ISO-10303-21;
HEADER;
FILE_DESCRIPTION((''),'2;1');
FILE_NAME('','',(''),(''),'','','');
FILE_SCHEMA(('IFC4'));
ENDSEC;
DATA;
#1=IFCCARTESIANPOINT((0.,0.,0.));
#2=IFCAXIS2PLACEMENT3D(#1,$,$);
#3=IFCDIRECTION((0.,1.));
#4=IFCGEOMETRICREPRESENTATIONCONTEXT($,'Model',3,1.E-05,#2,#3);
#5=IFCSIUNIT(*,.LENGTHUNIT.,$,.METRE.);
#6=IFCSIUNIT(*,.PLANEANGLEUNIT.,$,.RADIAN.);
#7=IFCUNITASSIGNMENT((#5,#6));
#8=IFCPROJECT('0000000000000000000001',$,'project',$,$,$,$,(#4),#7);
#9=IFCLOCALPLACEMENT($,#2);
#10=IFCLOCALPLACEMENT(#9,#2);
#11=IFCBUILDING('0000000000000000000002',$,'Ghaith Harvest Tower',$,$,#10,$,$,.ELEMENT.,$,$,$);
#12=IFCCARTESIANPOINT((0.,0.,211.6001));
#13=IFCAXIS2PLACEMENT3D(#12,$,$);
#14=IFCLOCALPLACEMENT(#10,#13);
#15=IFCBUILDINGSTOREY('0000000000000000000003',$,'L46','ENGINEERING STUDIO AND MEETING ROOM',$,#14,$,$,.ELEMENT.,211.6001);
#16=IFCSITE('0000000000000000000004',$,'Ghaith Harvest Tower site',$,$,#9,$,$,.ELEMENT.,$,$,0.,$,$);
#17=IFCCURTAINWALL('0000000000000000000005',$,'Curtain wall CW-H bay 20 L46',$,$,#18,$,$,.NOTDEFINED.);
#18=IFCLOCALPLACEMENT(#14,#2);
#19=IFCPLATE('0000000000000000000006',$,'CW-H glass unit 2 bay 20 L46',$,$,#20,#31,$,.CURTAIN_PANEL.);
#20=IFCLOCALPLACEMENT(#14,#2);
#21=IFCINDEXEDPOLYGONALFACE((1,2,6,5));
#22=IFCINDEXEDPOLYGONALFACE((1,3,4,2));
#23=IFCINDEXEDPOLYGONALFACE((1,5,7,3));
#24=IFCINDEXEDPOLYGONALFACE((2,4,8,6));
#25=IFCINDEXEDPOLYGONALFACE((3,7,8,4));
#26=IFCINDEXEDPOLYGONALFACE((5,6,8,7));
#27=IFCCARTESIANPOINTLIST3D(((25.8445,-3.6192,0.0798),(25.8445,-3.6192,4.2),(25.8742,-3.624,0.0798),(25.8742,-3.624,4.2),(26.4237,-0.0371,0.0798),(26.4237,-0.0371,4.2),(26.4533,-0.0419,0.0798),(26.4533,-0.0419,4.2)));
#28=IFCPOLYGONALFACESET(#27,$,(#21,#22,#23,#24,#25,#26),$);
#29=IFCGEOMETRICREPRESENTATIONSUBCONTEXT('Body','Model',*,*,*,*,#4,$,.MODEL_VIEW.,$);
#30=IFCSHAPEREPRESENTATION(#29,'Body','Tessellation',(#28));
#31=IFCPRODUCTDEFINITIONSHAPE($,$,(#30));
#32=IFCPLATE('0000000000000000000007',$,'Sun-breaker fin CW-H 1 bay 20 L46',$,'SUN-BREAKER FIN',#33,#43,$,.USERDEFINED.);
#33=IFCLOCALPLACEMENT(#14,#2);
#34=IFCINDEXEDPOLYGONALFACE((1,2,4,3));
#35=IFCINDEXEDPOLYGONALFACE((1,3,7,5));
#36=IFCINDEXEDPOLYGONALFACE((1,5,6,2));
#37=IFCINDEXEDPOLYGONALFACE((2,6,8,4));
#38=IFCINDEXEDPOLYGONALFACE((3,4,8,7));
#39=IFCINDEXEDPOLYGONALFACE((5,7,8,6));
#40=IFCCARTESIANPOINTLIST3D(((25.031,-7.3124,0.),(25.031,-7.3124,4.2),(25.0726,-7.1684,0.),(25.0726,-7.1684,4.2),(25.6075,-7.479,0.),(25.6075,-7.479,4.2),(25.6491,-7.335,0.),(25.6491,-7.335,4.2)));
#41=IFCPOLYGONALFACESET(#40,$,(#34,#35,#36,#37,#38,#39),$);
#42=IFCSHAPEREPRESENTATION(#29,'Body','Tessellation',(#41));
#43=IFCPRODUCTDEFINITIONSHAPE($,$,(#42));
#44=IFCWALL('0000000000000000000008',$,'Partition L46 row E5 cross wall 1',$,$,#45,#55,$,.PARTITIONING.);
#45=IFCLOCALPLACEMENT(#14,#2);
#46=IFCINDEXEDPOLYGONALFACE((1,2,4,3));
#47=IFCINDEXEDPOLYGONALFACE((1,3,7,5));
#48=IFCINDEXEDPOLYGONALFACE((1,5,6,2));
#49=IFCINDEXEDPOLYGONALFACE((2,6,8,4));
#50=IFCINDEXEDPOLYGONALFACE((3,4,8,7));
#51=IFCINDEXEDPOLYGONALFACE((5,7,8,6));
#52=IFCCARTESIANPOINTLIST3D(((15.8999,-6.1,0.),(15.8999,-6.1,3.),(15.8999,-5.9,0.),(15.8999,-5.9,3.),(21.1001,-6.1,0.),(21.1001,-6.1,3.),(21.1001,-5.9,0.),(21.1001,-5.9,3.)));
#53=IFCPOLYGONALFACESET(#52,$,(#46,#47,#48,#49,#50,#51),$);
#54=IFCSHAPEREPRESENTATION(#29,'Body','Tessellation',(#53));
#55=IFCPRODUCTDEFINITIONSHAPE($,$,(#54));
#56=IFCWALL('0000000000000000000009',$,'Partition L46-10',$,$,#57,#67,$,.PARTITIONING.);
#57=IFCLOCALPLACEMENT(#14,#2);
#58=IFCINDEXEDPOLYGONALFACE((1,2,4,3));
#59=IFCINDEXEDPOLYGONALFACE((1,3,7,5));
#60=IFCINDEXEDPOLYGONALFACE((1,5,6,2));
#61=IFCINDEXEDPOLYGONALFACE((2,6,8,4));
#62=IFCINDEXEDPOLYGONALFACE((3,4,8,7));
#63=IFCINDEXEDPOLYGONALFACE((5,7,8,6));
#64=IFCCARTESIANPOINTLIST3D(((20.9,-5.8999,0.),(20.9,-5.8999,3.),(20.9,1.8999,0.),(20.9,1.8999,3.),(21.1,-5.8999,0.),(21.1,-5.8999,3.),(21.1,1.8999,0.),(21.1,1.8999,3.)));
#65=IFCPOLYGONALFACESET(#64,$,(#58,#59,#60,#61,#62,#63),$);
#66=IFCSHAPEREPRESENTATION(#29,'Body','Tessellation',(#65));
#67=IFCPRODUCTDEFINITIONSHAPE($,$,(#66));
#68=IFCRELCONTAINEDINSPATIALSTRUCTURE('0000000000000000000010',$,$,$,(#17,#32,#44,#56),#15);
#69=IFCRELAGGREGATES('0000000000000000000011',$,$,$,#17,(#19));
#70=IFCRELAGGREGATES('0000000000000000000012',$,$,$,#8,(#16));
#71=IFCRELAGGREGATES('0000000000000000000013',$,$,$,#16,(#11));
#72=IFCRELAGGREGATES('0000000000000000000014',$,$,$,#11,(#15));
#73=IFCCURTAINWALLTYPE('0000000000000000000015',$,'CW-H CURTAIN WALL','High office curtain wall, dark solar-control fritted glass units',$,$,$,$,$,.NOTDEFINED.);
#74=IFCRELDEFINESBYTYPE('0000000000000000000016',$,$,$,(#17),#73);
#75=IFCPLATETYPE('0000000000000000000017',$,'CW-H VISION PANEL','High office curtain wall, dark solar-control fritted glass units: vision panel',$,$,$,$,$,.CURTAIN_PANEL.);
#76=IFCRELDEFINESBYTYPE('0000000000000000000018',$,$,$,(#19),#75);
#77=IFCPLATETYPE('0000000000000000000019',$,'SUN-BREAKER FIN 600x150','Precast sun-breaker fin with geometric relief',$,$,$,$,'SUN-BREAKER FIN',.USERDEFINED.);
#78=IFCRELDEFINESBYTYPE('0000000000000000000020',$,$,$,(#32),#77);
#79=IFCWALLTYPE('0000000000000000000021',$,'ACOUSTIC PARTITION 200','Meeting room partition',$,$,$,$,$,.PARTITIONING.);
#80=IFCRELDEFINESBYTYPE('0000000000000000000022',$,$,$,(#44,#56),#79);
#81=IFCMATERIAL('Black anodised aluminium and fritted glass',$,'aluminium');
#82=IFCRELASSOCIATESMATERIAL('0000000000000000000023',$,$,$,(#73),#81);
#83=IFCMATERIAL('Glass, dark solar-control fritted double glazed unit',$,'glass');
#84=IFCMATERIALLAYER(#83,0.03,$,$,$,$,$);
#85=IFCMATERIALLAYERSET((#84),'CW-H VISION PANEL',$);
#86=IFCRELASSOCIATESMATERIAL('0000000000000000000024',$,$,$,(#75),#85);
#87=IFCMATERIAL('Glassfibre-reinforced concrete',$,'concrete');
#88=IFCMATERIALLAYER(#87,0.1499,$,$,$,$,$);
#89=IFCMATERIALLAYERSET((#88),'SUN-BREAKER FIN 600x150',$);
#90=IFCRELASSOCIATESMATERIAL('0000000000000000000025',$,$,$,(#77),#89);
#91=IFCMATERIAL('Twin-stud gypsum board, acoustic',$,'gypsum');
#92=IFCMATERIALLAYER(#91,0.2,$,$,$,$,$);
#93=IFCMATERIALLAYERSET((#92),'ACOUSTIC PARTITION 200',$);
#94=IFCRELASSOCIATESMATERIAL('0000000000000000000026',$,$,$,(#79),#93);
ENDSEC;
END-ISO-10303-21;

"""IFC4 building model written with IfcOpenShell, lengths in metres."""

from ifc_helpers import new_model, si_unit, direction, frame, frame_2d, origin, origin_2d, place, context, subcontext, project, spatial, rectangle, extrude, material, layer, layer_set, type_object, element, aggregate, save


model = new_model("IFC4")

# Units and contexts
model_context = context("Model", 3, precision=1e-05, world=origin(), true_north=direction((0.0, 1.0)))
body_context = subcontext(model_context, "Body", "Model", "MODEL_VIEW")
ifc_project = project(units=[si_unit("LENGTHUNIT", "METRE"), si_unit("PLANEANGLEUNIT", "RADIAN")], contexts=[model_context])

# Site, building, storey
site_placement = place(None, origin())
site = spatial("IfcSite", under=ifc_project, at=site_placement, Name="Ghaith Harvest Tower site", CompositionType="ELEMENT", RefElevation=0.0)
building_placement = place(site_placement, origin())
building = spatial("IfcBuilding", under=site, at=building_placement, Name="Ghaith Harvest Tower", CompositionType="ELEMENT")
storey_placement = place(building_placement, frame((0.0, 0.0, 211.6001)))
storey = spatial("IfcBuildingStorey", under=building, at=storey_placement, Name="L46", Description="ENGINEERING STUDIO AND MEETING ROOM", CompositionType="ELEMENT", Elevation=211.6001)

# Curtain wall
ifc_material_1 = material(Name="Black anodised aluminium and fritted glass", Category="aluminium")
curtain_wall_type = type_object("IfcCurtainWallType", Name="CW-H CURTAIN WALL", Description="High office curtain wall, dark solar-control fritted glass units", PredefinedType="NOTDEFINED", material=ifc_material_1)
curtain_wall_1_placement = place(storey_placement, origin())
curtain_wall_1 = element("IfcCurtainWall", 1, at=curtain_wall_1_placement, inside=storey, type_object=curtain_wall_type, Name="Curtain wall CW-H bay 20 L46", PredefinedType="NOTDEFINED")

# Shared definitions
ifc_material_2 = material(Name="Glass, dark solar-control fritted double glazed unit", Category="glass")
ifc_layer_1 = layer(ifc_material_2, 0.03)
ifc_layer_set_1 = layer_set([ifc_layer_1], Name="CW-H VISION PANEL")
plate_type_1 = type_object("IfcPlateType", Name="CW-H VISION PANEL", Description="High office curtain wall, dark solar-control fritted glass units: vision panel", PredefinedType="CURTAIN_PANEL", material=ifc_layer_set_1)

# Plates
plate_1_placement = place(storey_placement, frame((26.1489, -1.8306, 0.0798), z_axis=(0.0, 0.0, 1.0), x_axis=(0.159601, 0.987182, 0.0)))
plate_1 = element("IfcPlate", 2, at=plate_1_placement, type_object=plate_type_1, Name="CW-H glass unit 2 bay 20 L46", PredefinedType="CURTAIN_PANEL", context=body_context, shape_type="SweptSolid", body=[
    extrude(rectangle(XDim=3.6287, YDim=0.03, at=origin_2d()), origin(), (0.0, 0.0, 1.0), 4.1201),
])
aggregate(curtain_wall_1, [plate_1])
ifc_material_3 = material(Name="Glassfibre-reinforced concrete", Category="concrete")
ifc_layer_2 = layer(ifc_material_3, 0.1499)
ifc_layer_set_2 = layer_set([ifc_layer_2], Name="SUN-BREAKER FIN 600x150")
plate_type_2 = type_object("IfcPlateType", Name="SUN-BREAKER FIN 600x150", Description="Precast sun-breaker fin with geometric relief", ElementType="SUN-BREAKER FIN", PredefinedType="USERDEFINED", material=ifc_layer_set_2)
plate_2_placement = place(storey_placement, frame((25.3401, -7.3237, 0.0), z_axis=(0.0, 0.0, 1.0), x_axis=(0.96068, -0.277657, 0.0)))
element("IfcPlate", 3, at=plate_2_placement, inside=storey, type_object=plate_type_2, Name="Sun-breaker fin CW-H 1 bay 20 L46", ObjectType="SUN-BREAKER FIN", PredefinedType="USERDEFINED", context=body_context, shape_type="SweptSolid", body=[
    extrude(rectangle(XDim=0.6001, YDim=0.1499, at=origin_2d()), origin(), (0.0, 0.0, 1.0), 4.2),
])

# Wall
ifc_material_4 = material(Name="Twin-stud gypsum board, acoustic", Category="gypsum")
ifc_layer_3 = layer(ifc_material_4, 0.2)
ifc_layer_set_3 = layer_set([ifc_layer_3], Name="ACOUSTIC PARTITION 200")
wall_type_1 = type_object("IfcWallType", Name="ACOUSTIC PARTITION 200", Description="Meeting room partition", PredefinedType="PARTITIONING", material=ifc_layer_set_3)
wall_1_placement = place(storey_placement, frame((15.8999, -6.0, 0.0), z_axis=(0.0, 0.0, 1.0), x_axis=(1.0, 0.0, 0.0)))
element("IfcWall", 4, at=wall_1_placement, inside=storey, type_object=wall_type_1, Name="Partition L46 row E5 cross wall 1", PredefinedType="PARTITIONING", context=body_context, shape_type="SweptSolid", body=[
    extrude(rectangle(XDim=5.2002, YDim=0.2, at=frame_2d((2.6001, 0.0))), origin(), (0.0, 0.0, 1.0), 3.0),
])

# Wall
wall_2_placement = place(storey_placement, frame((21.0, -5.8999, 0.0), z_axis=(0.0, 0.0, 1.0), x_axis=(0.0, 1.0, 0.0)))
element("IfcWall", 5, at=wall_2_placement, inside=storey, type_object=wall_type_1, Name="Partition L46-10", PredefinedType="PARTITIONING", context=body_context, shape_type="SweptSolid", body=[
    extrude(rectangle(XDim=7.7998, YDim=0.2, at=frame_2d((3.8999, 0.0))), origin(), (0.0, 0.0, 1.0), 3.0),
])

save(model, "model.ifc")
